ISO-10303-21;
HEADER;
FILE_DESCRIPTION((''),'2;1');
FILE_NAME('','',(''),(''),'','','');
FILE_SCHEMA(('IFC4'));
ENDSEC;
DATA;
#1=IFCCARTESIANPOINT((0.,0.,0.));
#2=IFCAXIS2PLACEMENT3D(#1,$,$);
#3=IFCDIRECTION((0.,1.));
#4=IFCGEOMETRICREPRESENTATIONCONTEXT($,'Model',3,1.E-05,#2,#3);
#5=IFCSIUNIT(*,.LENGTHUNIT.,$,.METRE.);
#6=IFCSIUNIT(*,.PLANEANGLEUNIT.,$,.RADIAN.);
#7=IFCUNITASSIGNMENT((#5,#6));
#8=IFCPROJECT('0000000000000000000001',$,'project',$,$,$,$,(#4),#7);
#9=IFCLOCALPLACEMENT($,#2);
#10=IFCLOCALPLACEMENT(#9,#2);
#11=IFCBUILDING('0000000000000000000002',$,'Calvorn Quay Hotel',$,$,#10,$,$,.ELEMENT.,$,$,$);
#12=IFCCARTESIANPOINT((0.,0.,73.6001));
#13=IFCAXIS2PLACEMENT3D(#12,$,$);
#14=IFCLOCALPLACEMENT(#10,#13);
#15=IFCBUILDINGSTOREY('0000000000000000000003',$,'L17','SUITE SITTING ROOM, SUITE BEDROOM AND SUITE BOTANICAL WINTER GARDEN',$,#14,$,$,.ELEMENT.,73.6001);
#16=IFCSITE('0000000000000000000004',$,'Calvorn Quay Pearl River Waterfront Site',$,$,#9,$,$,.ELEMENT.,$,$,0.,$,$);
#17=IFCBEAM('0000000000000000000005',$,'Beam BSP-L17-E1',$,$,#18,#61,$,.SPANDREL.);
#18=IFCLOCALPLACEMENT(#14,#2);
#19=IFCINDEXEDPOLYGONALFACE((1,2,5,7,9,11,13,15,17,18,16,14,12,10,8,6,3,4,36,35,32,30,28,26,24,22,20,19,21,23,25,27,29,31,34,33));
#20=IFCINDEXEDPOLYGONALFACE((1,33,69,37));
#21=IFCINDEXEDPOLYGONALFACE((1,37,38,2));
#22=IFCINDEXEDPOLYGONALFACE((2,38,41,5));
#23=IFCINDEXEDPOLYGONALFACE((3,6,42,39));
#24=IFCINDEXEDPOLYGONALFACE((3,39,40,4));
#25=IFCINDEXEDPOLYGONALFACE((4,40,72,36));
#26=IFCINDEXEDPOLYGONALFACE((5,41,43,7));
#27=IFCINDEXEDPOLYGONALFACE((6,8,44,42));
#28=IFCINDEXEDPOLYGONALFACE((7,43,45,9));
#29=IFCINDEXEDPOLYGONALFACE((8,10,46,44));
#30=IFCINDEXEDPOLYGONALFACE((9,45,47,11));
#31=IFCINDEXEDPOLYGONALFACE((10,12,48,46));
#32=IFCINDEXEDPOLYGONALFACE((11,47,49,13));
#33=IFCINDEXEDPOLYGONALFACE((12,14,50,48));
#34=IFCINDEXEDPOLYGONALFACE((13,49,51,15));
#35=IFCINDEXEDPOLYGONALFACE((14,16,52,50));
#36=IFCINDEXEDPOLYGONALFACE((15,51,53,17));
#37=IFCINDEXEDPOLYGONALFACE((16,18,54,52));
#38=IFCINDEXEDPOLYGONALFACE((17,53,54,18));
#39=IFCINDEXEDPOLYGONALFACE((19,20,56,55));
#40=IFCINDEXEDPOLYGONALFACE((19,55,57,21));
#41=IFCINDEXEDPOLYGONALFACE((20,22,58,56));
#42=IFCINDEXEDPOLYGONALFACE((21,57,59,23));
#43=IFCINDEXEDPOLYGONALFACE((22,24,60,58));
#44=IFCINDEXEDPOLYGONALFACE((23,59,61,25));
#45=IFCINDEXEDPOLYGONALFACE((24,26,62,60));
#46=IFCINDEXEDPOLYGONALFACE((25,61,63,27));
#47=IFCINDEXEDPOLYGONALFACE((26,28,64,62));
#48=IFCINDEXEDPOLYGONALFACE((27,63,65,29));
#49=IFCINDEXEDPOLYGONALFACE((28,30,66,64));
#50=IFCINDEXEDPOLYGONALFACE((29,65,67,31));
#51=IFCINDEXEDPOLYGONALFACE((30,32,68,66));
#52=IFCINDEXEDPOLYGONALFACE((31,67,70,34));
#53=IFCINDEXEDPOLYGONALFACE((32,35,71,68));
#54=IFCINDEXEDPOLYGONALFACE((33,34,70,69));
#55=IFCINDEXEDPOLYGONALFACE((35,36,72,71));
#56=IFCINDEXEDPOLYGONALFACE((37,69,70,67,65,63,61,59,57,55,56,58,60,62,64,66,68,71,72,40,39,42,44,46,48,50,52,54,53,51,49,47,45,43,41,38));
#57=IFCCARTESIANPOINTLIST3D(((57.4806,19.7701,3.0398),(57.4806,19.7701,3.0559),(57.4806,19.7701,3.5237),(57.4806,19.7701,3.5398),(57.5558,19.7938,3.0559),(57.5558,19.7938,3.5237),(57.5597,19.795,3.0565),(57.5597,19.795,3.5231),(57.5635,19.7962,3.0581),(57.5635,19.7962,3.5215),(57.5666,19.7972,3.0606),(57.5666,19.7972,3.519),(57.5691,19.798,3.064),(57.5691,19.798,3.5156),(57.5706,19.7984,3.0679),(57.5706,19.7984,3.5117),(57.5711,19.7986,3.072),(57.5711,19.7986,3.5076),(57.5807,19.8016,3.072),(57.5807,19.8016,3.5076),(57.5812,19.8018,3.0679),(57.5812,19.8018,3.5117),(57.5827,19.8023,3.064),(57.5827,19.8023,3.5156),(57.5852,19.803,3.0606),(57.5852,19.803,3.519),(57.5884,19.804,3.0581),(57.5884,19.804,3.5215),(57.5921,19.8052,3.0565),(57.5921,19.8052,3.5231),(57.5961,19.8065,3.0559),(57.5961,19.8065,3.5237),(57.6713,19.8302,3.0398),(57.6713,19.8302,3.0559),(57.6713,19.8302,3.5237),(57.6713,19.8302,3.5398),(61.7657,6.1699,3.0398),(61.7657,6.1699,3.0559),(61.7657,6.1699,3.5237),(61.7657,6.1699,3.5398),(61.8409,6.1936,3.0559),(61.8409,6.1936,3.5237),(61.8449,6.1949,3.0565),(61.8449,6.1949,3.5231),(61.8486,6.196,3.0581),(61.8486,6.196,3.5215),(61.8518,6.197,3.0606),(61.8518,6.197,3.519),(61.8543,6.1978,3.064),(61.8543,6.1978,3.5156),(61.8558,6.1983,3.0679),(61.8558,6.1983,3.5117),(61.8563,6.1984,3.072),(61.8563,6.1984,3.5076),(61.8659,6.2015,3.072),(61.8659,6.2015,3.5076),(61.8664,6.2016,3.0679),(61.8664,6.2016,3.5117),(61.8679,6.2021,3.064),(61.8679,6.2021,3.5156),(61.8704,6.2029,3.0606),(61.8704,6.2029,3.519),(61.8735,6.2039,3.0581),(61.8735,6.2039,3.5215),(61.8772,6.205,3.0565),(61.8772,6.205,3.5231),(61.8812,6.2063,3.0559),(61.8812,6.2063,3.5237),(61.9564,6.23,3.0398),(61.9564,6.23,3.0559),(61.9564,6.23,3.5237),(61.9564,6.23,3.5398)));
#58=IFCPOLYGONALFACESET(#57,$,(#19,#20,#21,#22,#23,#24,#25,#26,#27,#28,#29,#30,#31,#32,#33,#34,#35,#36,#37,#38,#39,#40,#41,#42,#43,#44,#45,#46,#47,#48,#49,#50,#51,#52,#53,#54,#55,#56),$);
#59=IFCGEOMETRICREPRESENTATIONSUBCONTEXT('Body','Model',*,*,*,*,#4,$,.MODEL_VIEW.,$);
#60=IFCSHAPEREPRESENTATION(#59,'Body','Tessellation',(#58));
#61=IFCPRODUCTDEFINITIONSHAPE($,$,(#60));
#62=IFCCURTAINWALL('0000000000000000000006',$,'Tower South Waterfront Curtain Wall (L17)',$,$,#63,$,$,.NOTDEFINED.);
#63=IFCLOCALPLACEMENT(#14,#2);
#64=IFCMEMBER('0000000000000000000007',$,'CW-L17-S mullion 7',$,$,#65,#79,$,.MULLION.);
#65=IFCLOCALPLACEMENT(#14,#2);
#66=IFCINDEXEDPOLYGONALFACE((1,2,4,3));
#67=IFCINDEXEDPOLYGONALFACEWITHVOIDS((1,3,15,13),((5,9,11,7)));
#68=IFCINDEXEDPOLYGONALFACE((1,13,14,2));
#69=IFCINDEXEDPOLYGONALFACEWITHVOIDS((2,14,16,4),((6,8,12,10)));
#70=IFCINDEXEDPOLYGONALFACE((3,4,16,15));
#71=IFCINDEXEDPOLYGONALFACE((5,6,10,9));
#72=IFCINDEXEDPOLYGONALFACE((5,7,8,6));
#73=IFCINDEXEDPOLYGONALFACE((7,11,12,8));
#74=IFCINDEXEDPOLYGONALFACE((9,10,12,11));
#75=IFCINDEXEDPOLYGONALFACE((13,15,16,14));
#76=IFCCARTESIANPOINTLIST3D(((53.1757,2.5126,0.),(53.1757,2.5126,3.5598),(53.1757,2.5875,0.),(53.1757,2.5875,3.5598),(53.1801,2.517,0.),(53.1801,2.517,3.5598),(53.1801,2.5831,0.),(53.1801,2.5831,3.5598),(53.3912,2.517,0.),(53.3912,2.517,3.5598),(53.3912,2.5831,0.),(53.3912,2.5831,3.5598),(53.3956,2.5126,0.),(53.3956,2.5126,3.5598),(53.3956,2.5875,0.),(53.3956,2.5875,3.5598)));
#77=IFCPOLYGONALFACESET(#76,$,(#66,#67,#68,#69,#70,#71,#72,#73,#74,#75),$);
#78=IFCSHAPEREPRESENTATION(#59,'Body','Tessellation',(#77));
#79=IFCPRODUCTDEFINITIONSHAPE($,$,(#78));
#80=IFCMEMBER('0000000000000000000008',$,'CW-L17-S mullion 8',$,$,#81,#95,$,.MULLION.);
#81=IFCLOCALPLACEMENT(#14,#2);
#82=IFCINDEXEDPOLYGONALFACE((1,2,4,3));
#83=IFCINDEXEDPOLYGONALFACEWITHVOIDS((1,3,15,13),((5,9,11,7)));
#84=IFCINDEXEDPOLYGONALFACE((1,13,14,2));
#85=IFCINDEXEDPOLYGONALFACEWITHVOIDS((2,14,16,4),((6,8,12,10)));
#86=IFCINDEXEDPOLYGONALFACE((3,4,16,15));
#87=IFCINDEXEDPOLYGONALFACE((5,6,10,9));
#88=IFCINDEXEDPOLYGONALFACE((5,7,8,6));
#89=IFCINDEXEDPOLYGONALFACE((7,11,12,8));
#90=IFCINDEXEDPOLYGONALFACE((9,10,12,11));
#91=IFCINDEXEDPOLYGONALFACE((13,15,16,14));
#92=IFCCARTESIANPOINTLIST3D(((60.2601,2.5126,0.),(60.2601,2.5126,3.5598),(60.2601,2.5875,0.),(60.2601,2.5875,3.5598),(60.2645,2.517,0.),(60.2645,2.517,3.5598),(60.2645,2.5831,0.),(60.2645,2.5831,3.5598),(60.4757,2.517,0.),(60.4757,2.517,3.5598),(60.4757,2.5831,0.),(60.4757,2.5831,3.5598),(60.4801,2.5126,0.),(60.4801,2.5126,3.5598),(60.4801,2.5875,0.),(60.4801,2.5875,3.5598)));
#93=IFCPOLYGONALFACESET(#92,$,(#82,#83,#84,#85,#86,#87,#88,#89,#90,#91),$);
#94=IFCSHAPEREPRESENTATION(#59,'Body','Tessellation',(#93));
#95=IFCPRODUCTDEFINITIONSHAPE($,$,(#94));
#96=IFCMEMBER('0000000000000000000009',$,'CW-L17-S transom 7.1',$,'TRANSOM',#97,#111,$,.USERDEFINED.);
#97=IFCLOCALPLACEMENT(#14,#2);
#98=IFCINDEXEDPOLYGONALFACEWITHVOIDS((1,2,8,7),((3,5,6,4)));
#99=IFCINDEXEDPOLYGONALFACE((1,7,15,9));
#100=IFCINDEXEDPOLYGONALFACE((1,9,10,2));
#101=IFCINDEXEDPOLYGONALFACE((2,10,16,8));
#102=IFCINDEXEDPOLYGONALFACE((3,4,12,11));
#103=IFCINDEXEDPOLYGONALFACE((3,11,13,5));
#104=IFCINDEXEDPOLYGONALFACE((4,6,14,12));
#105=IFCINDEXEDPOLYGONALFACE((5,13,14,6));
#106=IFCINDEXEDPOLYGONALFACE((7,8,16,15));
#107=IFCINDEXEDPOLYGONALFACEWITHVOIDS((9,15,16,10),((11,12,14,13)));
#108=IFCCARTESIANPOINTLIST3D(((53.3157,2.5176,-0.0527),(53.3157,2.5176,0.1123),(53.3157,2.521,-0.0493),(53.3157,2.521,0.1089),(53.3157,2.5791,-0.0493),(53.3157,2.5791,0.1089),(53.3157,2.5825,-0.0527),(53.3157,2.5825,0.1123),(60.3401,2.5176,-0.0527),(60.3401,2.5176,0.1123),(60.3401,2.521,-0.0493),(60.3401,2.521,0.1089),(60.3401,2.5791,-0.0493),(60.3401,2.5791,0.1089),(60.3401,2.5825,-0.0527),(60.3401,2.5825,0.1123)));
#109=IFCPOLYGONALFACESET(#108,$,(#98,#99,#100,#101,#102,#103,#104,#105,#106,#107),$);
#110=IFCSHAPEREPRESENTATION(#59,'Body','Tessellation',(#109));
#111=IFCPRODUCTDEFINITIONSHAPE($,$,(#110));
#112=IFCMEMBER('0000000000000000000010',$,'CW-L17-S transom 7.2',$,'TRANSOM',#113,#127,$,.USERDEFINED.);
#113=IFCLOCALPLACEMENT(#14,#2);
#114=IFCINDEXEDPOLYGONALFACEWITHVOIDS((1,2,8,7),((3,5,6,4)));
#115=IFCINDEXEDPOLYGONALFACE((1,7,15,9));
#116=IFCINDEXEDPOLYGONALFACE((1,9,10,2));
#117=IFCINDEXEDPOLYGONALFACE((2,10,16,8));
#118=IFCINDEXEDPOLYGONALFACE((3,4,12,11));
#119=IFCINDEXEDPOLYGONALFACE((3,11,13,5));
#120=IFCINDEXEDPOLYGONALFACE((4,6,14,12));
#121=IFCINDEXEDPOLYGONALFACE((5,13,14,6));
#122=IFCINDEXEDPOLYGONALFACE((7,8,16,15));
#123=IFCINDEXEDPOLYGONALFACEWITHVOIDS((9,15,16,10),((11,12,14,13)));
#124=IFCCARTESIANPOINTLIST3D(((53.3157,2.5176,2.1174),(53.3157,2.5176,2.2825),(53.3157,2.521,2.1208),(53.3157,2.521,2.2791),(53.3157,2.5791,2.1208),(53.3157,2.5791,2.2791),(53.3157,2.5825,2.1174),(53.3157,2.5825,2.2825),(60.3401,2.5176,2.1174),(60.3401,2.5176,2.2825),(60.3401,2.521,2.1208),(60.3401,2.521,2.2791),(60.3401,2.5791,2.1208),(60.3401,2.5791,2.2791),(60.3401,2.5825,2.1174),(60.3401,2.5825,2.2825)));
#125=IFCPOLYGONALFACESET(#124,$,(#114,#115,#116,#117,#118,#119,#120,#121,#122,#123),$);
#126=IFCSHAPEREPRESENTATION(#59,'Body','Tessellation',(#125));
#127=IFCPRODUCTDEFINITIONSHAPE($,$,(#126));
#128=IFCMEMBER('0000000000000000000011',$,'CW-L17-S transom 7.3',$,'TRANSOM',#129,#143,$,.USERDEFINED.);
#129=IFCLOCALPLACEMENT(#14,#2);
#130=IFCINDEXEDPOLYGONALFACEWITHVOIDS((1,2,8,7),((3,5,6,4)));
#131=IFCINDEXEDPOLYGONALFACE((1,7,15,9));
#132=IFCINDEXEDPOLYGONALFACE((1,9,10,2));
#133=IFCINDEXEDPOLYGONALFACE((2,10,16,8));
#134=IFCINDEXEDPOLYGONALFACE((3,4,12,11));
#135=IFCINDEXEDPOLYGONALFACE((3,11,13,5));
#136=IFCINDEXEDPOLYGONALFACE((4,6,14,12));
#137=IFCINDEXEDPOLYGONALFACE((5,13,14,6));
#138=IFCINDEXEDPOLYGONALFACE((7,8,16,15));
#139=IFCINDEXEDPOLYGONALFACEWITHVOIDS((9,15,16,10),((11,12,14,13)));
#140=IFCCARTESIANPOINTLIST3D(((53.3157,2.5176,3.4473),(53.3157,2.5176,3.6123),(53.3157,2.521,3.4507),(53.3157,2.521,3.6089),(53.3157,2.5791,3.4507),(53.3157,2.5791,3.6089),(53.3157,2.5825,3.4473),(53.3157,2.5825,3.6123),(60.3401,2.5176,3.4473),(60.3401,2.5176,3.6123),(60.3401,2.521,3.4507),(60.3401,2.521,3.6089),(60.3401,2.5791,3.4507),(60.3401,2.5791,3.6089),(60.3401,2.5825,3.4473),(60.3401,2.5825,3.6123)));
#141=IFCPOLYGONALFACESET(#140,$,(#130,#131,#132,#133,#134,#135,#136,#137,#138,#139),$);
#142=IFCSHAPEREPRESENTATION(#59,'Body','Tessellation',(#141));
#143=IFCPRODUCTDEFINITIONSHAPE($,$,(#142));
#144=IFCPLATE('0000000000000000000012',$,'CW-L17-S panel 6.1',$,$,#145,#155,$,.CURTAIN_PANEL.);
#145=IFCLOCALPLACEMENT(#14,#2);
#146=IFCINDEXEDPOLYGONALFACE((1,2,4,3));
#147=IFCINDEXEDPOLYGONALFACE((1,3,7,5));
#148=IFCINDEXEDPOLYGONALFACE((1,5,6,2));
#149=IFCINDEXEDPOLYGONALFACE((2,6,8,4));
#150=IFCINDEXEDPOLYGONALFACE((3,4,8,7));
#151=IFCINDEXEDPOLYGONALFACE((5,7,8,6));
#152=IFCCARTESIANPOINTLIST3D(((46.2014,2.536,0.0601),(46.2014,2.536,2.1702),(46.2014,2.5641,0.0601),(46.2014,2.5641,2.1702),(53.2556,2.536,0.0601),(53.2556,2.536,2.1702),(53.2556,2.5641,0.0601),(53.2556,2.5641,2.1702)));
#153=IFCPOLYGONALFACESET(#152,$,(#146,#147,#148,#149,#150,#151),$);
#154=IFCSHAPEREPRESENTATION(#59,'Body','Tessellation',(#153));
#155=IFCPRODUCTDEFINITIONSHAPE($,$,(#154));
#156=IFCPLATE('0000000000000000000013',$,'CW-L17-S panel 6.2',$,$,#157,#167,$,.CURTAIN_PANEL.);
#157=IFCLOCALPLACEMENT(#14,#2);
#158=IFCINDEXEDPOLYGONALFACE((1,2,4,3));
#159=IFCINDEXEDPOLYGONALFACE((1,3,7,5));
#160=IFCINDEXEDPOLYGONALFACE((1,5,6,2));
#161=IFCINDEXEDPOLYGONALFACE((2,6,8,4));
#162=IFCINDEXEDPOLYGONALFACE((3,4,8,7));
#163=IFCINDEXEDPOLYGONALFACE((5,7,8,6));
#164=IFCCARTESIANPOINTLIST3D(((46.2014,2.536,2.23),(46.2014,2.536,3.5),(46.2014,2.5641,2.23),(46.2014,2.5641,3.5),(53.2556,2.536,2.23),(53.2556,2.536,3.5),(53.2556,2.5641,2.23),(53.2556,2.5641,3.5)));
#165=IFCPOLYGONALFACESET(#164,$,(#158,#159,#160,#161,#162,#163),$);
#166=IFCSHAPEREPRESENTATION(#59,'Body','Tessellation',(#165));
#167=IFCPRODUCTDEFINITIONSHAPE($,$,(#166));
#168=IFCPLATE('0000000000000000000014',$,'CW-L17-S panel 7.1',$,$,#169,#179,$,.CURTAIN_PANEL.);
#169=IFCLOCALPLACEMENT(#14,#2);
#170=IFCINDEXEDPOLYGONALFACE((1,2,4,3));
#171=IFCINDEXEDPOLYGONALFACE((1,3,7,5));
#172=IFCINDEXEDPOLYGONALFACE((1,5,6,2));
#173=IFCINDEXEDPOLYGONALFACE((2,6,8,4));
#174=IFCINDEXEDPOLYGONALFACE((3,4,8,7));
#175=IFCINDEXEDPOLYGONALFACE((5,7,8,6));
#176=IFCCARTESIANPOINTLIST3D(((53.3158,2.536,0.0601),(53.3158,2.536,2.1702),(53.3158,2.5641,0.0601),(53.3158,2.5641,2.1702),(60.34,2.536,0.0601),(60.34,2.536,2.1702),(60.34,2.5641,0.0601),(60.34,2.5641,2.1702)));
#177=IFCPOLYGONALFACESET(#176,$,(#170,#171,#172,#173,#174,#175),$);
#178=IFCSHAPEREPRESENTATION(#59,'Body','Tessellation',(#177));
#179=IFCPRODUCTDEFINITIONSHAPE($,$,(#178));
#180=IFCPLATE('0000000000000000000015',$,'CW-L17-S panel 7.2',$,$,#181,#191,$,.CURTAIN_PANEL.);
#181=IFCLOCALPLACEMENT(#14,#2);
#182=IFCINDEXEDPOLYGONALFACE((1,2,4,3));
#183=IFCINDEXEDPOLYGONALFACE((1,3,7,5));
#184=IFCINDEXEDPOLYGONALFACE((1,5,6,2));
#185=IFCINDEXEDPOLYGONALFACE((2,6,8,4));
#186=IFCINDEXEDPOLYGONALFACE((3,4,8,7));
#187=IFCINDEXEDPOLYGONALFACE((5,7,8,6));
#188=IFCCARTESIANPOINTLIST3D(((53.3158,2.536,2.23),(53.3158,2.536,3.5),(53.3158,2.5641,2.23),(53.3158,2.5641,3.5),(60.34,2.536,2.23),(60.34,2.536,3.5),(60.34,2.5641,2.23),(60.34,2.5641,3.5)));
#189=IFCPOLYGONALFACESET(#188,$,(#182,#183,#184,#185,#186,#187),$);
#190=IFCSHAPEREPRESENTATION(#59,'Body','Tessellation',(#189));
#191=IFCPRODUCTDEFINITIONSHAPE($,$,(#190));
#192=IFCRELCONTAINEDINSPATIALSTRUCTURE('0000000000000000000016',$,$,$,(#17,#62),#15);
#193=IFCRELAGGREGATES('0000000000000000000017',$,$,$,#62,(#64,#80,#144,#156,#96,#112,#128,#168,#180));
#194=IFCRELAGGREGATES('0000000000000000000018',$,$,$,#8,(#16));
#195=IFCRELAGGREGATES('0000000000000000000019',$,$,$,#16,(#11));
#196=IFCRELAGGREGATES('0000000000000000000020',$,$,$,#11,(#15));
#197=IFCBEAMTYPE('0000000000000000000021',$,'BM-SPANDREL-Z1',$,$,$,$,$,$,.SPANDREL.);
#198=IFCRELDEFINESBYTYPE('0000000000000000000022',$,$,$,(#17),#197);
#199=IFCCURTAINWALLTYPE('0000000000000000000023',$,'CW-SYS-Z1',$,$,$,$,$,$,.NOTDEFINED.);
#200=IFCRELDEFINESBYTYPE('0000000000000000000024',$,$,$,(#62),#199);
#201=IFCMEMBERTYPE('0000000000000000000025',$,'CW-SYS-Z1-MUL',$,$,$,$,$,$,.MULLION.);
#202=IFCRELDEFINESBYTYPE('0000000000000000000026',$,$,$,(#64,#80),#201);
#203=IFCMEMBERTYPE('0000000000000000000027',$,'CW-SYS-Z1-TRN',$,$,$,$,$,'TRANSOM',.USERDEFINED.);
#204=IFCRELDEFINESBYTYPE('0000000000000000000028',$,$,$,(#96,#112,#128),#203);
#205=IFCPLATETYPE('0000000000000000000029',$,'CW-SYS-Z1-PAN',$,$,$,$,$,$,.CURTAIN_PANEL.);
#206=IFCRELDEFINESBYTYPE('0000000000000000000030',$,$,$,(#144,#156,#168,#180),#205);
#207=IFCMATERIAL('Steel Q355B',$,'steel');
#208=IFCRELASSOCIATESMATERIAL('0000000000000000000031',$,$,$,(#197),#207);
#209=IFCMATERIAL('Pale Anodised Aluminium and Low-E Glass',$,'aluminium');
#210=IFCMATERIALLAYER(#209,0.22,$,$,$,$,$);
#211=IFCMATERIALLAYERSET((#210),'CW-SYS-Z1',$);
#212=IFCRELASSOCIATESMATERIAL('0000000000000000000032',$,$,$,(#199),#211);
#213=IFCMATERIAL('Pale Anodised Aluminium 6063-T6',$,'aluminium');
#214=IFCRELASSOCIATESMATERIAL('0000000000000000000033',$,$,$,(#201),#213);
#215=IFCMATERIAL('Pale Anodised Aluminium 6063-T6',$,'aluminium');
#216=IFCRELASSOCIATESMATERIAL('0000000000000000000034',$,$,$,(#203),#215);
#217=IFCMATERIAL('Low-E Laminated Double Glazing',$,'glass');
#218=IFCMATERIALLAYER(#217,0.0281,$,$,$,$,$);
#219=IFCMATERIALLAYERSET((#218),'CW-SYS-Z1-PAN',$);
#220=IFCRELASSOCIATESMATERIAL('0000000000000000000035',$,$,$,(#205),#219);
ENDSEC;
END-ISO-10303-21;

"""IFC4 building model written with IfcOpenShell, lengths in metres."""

from ifc_helpers import new_model, si_unit, direction, frame, origin, origin_2d, place, context, subcontext, project, spatial, rectangle, hollow_rectangle, i_section, extrude, material, layer, layer_set, material_profile, profile_set, type_object, element, aggregate, save


model = new_model("IFC4")

# Units and contexts
model_context = context("Model", 3, precision=1e-05, world=origin(), true_north=direction((0.0, 1.0)))
body_context = subcontext(model_context, "Body", "Model", "MODEL_VIEW")
ifc_project = project(units=[si_unit("LENGTHUNIT", "METRE"), si_unit("PLANEANGLEUNIT", "RADIAN")], contexts=[model_context])

# Site, building, storey
site_placement = place(None, origin())
site = spatial("IfcSite", under=ifc_project, at=site_placement, Name="Calvorn Quay Pearl River Waterfront Site", CompositionType="ELEMENT", RefElevation=0.0)
building_placement = place(site_placement, origin())
building = spatial("IfcBuilding", under=site, at=building_placement, Name="Calvorn Quay Hotel", CompositionType="ELEMENT")
storey_placement = place(building_placement, frame((0.0, 0.0, 73.6001)))
storey = spatial("IfcBuildingStorey", under=building, at=storey_placement, Name="L17", Description="SUITE SITTING ROOM, SUITE BEDROOM AND SUITE BOTANICAL WINTER GARDEN", CompositionType="ELEMENT", Elevation=73.6001)

# Beam
ifc_material_1 = material(Name="Steel Q355B", Category="steel")
ifc_material_profile_1 = material_profile(ifc_material_1, i_section(OverallWidth=0.2, OverallDepth=0.5, WebThickness=0.01, FlangeThickness=0.0161, FilletRadius=0.0161, at=origin_2d()), Name="HN500x200x10x16")
ifc_profile_set_1 = profile_set([ifc_material_profile_1], Name="Steel Q355B")
beam_type_1 = type_object("IfcBeamType", Name="BM-SPANDREL-Z1", PredefinedType="SPANDREL", material=ifc_profile_set_1)
beam_1_placement = place(storey_placement, frame((61.8611, 6.2, 3.2898), z_axis=(-0.300518, 0.953776, 0.0), x_axis=(-0.953776, -0.300518, 0.0)))
element("IfcBeam", 1, at=beam_1_placement, inside=storey, type_object=beam_type_1, Name="Beam BSP-L17-E1", PredefinedType="SPANDREL", context=body_context, shape_type="SweptSolid", body=[
    extrude(i_section(OverallWidth=0.2, OverallDepth=0.5, WebThickness=0.01, FlangeThickness=0.0161, FilletRadius=0.0161, at=origin_2d()), origin(), (0.0, 0.0, 1.0), 14.2593),
])

# Curtain wall, members, plates
ifc_material_2 = material(Name="Pale Anodised Aluminium and Low-E Glass", Category="aluminium")
ifc_layer_1 = layer(ifc_material_2, 0.22)
ifc_layer_set_1 = layer_set([ifc_layer_1], Name="CW-SYS-Z1")
curtain_wall_type = type_object("IfcCurtainWallType", Name="CW-SYS-Z1", PredefinedType="NOTDEFINED", material=ifc_layer_set_1)
curtain_wall_placement = place(storey_placement, origin())
curtain_wall = element("IfcCurtainWall", 2, at=curtain_wall_placement, inside=storey, type_object=curtain_wall_type, Name="Tower South Waterfront Curtain Wall (L17)", PredefinedType="NOTDEFINED")
ifc_material_3 = material(Name="Pale Anodised Aluminium 6063-T6", Category="aluminium")
ifc_material_profile_2 = material_profile(ifc_material_3, hollow_rectangle(XDim=0.075, YDim=0.22, WallThickness=0.0044, at=origin_2d()), Name="ALU-M220x75x4.5")
ifc_profile_set_2 = profile_set([ifc_material_profile_2], Name="Pale Anodised Aluminium 6063-T6")
member_type_1 = type_object("IfcMemberType", Name="CW-SYS-Z1-MUL", PredefinedType="MULLION", material=ifc_profile_set_2)
member_1_placement = place(storey_placement, frame((53.2856, 2.55, 0.0), z_axis=(0.0, 0.0, 1.0), x_axis=(0.0, 1.0, 0.0)))
member_1 = element("IfcMember", 3, at=member_1_placement, type_object=member_type_1, Name="CW-L17-S mullion 7", PredefinedType="MULLION", context=body_context, shape_type="SweptSolid", body=[
    extrude(hollow_rectangle(XDim=0.075, YDim=0.22, WallThickness=0.0044, at=origin_2d()), origin(), (0.0, 0.0, 1.0), 3.5598),
])
member_2_placement = place(storey_placement, frame((60.3701, 2.55, 0.0), z_axis=(0.0, 0.0, 1.0), x_axis=(0.0, 1.0, 0.0)))
member_2 = element("IfcMember", 4, at=member_2_placement, type_object=member_type_1, Name="CW-L17-S mullion 8", PredefinedType="MULLION", context=body_context, shape_type="SweptSolid", body=[
    extrude(hollow_rectangle(XDim=0.075, YDim=0.22, WallThickness=0.0044, at=origin_2d()), origin(), (0.0, 0.0, 1.0), 3.5598),
])
ifc_material_4 = material(Name="Pale Anodised Aluminium 6063-T6", Category="aluminium")
ifc_material_profile_3 = material_profile(ifc_material_4, hollow_rectangle(XDim=0.0649, YDim=0.165, WallThickness=0.0034, at=origin_2d()), Name="ALU-T165x65x3.5")
ifc_profile_set_3 = profile_set([ifc_material_profile_3], Name="Pale Anodised Aluminium 6063-T6")
member_type_2 = type_object("IfcMemberType", Name="CW-SYS-Z1-TRN", ElementType="TRANSOM", PredefinedType="USERDEFINED", material=ifc_profile_set_3)
member_3_placement = place(storey_placement, frame((53.3157, 2.55, 0.0298), z_axis=(1.0, 0.0, 0.0), x_axis=(0.0, 1.0, 0.0)))
member_3 = element("IfcMember", 5, at=member_3_placement, type_object=member_type_2, Name="CW-L17-S transom 7.1", ObjectType="TRANSOM", PredefinedType="USERDEFINED", context=body_context, shape_type="SweptSolid", body=[
    extrude(hollow_rectangle(XDim=0.0649, YDim=0.165, WallThickness=0.0034, at=origin_2d()), origin(), (0.0, 0.0, 1.0), 7.0244),
])
member_4_placement = place(storey_placement, frame((53.3157, 2.55, 2.2), z_axis=(1.0, 0.0, 0.0), x_axis=(0.0, 1.0, 0.0)))
member_4 = element("IfcMember", 6, at=member_4_placement, type_object=member_type_2, Name="CW-L17-S transom 7.2", ObjectType="TRANSOM", PredefinedType="USERDEFINED", context=body_context, shape_type="SweptSolid", body=[
    extrude(hollow_rectangle(XDim=0.0649, YDim=0.165, WallThickness=0.0034, at=origin_2d()), origin(), (0.0, 0.0, 1.0), 7.0244),
])
member_5_placement = place(storey_placement, frame((53.3157, 2.55, 3.5298), z_axis=(1.0, 0.0, 0.0), x_axis=(0.0, 1.0, 0.0)))
member_5 = element("IfcMember", 7, at=member_5_placement, type_object=member_type_2, Name="CW-L17-S transom 7.3", ObjectType="TRANSOM", PredefinedType="USERDEFINED", context=body_context, shape_type="SweptSolid", body=[
    extrude(hollow_rectangle(XDim=0.0649, YDim=0.165, WallThickness=0.0034, at=origin_2d()), origin(), (0.0, 0.0, 1.0), 7.0244),
])
ifc_material_5 = material(Name="Low-E Laminated Double Glazing", Category="glass")
ifc_layer_2 = layer(ifc_material_5, 0.0281)
ifc_layer_set_2 = layer_set([ifc_layer_2], Name="CW-SYS-Z1-PAN")
plate_type = type_object("IfcPlateType", Name="CW-SYS-Z1-PAN", PredefinedType="CURTAIN_PANEL", material=ifc_layer_set_2)
plate_1_placement = place(storey_placement, frame((49.7285, 2.55, 0.0601), z_axis=(0.0, 0.0, 1.0), x_axis=(1.0, 0.0, 0.0)))
plate_1 = element("IfcPlate", 8, at=plate_1_placement, type_object=plate_type, Name="CW-L17-S panel 6.1", PredefinedType="CURTAIN_PANEL", context=body_context, shape_type="SweptSolid", body=[
    extrude(rectangle(XDim=7.0542, YDim=0.0281, at=origin_2d()), origin(), (0.0, 0.0, 1.0), 2.1101),
])
plate_2_placement = place(storey_placement, frame((49.7285, 2.55, 2.23), z_axis=(0.0, 0.0, 1.0), x_axis=(1.0, 0.0, 0.0)))
plate_2 = element("IfcPlate", 9, at=plate_2_placement, type_object=plate_type, Name="CW-L17-S panel 6.2", PredefinedType="CURTAIN_PANEL", context=body_context, shape_type="SweptSolid", body=[
    extrude(rectangle(XDim=7.0542, YDim=0.0281, at=origin_2d()), origin(), (0.0, 0.0, 1.0), 1.27),
])
plate_3_placement = place(storey_placement, frame((56.8279, 2.55, 0.0601), z_axis=(0.0, 0.0, 1.0), x_axis=(1.0, 0.0, 0.0)))
plate_3 = element("IfcPlate", 10, at=plate_3_placement, type_object=plate_type, Name="CW-L17-S panel 7.1", PredefinedType="CURTAIN_PANEL", context=body_context, shape_type="SweptSolid", body=[
    extrude(rectangle(XDim=7.0242, YDim=0.0281, at=origin_2d()), origin(), (0.0, 0.0, 1.0), 2.1101),
])
plate_4_placement = place(storey_placement, frame((56.8279, 2.55, 2.23), z_axis=(0.0, 0.0, 1.0), x_axis=(1.0, 0.0, 0.0)))
plate_4 = element("IfcPlate", 11, at=plate_4_placement, type_object=plate_type, Name="CW-L17-S panel 7.2", PredefinedType="CURTAIN_PANEL", context=body_context, shape_type="SweptSolid", body=[
    extrude(rectangle(XDim=7.0242, YDim=0.0281, at=origin_2d()), origin(), (0.0, 0.0, 1.0), 1.27),
])
aggregate(curtain_wall, [member_1, member_2, plate_1, plate_2, member_3, member_4, member_5, plate_3, plate_4])

save(model, "model.ifc")
